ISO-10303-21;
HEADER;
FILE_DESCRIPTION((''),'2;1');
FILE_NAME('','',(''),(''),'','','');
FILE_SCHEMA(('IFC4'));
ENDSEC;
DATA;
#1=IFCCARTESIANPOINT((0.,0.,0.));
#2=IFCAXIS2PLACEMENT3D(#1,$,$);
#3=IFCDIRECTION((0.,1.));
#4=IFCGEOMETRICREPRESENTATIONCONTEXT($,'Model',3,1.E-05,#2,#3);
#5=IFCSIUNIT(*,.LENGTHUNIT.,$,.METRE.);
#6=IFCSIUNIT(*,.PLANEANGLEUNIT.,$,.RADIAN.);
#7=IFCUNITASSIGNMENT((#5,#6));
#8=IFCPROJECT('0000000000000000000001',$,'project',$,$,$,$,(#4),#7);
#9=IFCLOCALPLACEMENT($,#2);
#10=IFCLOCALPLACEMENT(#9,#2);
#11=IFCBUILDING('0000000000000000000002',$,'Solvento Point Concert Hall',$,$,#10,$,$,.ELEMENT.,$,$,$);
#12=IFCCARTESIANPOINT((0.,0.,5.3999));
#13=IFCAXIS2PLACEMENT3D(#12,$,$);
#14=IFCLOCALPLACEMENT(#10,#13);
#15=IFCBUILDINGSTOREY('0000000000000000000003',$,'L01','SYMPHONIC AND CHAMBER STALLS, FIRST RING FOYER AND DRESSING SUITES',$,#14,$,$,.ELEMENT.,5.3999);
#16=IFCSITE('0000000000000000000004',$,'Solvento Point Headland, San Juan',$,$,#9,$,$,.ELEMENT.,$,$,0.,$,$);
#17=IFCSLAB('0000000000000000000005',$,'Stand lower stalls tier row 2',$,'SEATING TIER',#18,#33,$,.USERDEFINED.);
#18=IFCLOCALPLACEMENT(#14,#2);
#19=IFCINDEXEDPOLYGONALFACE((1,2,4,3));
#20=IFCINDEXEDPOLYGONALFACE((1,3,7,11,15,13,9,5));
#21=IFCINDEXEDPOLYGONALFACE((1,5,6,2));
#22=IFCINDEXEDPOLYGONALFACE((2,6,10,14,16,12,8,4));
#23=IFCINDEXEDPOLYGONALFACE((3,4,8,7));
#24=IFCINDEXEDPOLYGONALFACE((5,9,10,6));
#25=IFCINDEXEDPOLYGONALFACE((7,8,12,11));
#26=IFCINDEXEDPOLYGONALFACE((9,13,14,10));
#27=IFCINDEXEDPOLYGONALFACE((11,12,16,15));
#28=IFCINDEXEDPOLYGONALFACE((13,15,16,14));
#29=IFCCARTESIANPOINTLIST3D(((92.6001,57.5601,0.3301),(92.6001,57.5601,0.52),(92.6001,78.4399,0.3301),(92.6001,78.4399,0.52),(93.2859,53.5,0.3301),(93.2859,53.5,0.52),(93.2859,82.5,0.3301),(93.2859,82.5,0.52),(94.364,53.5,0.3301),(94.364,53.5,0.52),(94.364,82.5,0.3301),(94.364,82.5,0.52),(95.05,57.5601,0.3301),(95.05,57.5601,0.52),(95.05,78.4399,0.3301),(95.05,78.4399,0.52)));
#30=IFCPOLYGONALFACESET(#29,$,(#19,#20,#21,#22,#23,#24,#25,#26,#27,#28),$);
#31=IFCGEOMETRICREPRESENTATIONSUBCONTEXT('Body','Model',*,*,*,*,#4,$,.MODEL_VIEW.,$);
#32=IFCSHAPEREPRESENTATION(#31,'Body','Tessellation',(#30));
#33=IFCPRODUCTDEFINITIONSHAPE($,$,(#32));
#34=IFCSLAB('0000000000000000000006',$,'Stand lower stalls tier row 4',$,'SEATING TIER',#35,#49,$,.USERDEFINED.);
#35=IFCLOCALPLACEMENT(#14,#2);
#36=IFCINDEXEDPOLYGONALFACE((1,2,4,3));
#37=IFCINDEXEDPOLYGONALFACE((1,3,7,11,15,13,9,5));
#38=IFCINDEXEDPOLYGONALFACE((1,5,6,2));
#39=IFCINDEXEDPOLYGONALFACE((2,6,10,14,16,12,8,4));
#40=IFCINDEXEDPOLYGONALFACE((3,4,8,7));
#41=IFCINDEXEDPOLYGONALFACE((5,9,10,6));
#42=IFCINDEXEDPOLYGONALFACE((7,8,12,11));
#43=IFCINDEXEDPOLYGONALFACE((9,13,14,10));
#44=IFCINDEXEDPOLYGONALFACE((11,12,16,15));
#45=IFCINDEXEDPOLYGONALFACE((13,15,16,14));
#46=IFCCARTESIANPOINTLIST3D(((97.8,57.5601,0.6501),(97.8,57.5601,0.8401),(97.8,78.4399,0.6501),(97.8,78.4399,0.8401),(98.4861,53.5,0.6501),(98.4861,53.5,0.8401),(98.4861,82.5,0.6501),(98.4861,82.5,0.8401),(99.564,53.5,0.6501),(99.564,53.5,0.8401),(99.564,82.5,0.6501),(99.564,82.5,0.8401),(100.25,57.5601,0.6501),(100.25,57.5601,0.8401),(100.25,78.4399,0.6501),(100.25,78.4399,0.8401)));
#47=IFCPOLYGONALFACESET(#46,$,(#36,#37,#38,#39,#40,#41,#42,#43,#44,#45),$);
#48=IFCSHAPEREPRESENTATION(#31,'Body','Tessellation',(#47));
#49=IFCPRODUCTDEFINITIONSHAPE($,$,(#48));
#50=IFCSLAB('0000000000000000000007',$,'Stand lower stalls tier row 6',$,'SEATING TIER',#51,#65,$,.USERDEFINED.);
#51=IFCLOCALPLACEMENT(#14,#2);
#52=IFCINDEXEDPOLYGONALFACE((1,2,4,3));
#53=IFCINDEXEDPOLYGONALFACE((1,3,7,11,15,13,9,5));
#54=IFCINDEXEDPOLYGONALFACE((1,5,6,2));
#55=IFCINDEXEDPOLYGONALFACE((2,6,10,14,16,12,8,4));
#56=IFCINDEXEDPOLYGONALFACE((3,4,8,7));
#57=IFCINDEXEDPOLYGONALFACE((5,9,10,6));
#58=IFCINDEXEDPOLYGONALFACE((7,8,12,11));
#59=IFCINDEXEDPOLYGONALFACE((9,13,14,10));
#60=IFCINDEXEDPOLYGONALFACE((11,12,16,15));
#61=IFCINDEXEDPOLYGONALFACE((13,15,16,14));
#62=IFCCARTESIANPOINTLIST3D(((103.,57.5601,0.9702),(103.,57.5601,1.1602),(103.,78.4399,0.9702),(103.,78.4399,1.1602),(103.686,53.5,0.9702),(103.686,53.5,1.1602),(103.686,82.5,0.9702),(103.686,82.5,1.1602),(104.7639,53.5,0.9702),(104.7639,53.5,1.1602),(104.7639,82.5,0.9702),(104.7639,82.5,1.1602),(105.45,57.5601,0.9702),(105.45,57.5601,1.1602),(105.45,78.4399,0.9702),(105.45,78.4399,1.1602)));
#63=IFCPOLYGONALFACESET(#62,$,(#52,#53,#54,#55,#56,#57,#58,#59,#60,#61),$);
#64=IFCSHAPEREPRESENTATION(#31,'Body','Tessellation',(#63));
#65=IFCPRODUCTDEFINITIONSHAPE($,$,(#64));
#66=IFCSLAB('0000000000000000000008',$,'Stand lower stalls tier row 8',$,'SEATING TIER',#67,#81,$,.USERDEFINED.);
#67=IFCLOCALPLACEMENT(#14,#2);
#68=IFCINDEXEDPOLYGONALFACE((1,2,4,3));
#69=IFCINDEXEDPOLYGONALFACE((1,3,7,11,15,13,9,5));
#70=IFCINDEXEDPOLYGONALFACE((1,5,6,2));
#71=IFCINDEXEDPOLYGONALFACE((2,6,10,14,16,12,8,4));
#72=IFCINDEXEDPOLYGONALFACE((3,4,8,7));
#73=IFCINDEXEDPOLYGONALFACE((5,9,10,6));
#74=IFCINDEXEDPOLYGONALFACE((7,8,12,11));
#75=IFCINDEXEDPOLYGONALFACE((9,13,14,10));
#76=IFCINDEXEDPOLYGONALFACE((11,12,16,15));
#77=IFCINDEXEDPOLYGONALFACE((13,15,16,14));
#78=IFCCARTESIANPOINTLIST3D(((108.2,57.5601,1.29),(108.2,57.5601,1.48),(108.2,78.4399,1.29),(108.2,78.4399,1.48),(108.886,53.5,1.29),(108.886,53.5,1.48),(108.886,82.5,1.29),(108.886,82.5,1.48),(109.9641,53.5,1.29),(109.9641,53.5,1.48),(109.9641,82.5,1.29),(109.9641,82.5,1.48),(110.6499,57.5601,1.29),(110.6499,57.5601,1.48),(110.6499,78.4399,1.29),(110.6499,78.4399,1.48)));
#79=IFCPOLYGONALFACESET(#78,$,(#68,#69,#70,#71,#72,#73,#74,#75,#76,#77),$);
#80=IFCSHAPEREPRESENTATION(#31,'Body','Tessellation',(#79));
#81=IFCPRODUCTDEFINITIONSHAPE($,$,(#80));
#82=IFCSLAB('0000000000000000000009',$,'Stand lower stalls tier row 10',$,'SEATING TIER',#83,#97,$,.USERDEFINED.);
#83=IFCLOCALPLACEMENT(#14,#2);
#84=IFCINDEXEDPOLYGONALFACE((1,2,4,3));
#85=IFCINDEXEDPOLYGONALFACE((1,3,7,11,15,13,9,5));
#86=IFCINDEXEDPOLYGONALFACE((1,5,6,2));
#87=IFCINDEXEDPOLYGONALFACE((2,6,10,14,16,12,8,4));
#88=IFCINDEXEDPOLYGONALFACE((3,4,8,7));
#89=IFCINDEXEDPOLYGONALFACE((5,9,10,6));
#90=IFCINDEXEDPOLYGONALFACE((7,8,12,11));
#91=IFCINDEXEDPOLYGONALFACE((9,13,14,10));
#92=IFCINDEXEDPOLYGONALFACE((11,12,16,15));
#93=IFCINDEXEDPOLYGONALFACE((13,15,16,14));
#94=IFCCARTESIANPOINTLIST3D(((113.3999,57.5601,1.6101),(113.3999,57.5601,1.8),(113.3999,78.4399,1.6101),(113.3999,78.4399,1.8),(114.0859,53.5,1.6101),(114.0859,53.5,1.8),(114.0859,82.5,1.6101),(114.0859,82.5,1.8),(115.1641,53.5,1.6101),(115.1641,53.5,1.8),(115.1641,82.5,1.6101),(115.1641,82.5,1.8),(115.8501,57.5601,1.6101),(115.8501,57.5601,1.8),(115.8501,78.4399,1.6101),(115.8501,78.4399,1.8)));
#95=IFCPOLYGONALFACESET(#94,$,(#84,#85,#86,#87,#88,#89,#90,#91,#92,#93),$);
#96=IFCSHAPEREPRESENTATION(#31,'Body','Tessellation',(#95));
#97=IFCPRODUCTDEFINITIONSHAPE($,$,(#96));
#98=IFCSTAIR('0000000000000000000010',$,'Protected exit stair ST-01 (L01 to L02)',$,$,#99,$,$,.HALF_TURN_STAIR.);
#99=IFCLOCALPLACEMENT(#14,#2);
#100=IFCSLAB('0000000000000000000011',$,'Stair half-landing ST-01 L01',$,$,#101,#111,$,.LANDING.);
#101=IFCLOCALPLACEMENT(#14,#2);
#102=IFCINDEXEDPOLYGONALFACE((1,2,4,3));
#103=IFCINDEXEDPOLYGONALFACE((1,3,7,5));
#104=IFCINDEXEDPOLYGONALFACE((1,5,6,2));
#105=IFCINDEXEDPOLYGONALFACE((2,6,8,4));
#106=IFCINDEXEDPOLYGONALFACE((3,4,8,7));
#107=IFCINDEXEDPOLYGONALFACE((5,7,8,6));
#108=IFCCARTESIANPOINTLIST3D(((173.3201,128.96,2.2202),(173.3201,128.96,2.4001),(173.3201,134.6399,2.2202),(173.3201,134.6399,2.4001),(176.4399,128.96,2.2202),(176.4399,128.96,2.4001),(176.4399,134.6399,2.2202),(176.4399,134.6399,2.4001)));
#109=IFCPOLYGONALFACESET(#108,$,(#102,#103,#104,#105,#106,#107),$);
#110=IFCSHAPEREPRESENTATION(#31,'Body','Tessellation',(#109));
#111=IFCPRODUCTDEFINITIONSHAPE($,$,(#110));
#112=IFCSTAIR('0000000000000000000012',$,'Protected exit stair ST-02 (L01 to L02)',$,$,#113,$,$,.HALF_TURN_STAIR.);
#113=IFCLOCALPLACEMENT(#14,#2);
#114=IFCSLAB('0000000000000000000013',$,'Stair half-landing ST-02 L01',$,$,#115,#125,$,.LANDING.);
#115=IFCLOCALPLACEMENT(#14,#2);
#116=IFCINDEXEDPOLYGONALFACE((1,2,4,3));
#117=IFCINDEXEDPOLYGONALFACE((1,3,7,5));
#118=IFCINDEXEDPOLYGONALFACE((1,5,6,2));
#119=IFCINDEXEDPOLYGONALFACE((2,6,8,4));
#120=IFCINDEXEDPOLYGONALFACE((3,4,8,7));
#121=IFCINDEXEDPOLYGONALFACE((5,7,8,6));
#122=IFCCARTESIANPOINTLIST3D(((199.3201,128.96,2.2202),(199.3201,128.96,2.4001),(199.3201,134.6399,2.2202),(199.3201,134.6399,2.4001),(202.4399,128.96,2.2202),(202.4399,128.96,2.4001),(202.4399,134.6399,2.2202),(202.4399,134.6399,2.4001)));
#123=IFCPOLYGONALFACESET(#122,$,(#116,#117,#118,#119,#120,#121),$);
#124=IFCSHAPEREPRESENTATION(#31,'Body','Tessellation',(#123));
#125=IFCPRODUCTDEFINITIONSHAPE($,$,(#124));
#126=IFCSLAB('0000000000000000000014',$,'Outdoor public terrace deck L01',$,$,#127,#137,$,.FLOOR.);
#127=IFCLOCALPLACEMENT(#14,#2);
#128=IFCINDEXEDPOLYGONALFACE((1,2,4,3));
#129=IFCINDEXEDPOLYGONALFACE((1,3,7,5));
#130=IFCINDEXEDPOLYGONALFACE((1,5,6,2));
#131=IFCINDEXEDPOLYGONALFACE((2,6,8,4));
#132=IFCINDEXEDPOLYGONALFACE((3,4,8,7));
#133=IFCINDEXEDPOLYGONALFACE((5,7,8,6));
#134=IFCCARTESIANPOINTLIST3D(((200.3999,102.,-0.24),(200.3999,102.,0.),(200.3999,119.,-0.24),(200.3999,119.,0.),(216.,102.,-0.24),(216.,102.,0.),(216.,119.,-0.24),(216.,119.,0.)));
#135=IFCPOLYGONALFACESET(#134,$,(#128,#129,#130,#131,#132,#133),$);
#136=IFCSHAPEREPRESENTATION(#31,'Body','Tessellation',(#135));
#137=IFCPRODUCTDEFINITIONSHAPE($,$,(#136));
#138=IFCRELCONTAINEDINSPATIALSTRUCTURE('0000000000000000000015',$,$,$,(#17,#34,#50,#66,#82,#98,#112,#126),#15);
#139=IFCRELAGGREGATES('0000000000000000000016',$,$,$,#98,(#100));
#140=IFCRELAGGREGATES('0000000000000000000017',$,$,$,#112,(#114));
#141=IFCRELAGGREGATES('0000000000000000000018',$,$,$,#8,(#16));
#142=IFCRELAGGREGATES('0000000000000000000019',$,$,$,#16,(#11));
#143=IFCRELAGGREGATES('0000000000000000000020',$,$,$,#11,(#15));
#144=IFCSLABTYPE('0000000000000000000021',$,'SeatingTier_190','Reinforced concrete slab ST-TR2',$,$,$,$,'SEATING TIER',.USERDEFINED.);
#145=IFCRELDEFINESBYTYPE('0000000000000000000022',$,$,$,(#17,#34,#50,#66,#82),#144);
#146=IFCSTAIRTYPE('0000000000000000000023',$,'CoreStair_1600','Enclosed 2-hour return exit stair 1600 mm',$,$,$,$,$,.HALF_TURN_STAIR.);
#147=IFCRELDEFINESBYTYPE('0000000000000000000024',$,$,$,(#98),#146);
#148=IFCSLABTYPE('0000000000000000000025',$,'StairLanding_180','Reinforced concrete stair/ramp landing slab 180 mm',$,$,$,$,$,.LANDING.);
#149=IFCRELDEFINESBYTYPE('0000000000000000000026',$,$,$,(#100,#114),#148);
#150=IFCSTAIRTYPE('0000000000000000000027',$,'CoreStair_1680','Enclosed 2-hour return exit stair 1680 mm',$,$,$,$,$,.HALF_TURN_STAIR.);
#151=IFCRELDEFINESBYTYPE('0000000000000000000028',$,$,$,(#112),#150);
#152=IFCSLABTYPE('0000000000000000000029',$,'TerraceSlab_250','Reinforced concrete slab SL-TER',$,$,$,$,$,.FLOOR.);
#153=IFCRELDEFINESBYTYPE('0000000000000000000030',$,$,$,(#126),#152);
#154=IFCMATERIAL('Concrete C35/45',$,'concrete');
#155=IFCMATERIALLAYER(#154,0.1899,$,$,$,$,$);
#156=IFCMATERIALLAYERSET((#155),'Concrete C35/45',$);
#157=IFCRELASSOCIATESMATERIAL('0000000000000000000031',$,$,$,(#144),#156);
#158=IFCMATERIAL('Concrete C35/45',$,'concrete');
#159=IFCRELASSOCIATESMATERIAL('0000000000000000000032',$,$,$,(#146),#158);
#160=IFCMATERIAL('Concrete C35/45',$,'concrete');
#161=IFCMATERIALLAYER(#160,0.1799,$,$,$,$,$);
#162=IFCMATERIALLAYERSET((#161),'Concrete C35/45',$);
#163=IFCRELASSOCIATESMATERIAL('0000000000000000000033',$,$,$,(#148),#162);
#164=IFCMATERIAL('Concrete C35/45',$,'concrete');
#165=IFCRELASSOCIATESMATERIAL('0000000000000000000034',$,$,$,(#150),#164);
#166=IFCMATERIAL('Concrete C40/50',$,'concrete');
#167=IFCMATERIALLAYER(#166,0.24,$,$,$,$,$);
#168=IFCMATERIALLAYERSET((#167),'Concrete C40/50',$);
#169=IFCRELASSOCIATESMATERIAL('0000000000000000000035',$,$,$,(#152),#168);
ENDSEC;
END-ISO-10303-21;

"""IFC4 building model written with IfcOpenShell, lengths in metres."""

from ifc_helpers import new_model, si_unit, direction, frame, origin, place, context, subcontext, project, spatial, polyline, outline, extrude, material, layer, layer_set, type_object, element, aggregate, save


model = new_model("IFC4")

# Units and contexts
model_context = context("Model", 3, precision=1e-05, world=origin(), true_north=direction((0.0, 1.0)))
body_context = subcontext(model_context, "Body", "Model", "MODEL_VIEW")
ifc_project = project(units=[si_unit("LENGTHUNIT", "METRE"), si_unit("PLANEANGLEUNIT", "RADIAN")], contexts=[model_context])

# Site, building, storey
site_placement = place(None, origin())
site = spatial("IfcSite", under=ifc_project, at=site_placement, Name="Solvento Point Headland, San Juan", CompositionType="ELEMENT", RefElevation=0.0)
building_placement = place(site_placement, origin())
building = spatial("IfcBuilding", under=site, at=building_placement, Name="Solvento Point Concert Hall", CompositionType="ELEMENT")
storey_placement = place(building_placement, frame((0.0, 0.0, 5.3999)))
storey = spatial("IfcBuildingStorey", under=building, at=storey_placement, Name="L01", Description="SYMPHONIC AND CHAMBER STALLS, FIRST RING FOYER AND DRESSING SUITES", CompositionType="ELEMENT", Elevation=5.3999)

# Slabs
ifc_material_1 = material(Name="Concrete C35/45", Category="concrete")
ifc_layer_1 = layer(ifc_material_1, 0.1899)
ifc_layer_set_1 = layer_set([ifc_layer_1], Name="Concrete C35/45")
slab_type_1 = type_object("IfcSlabType", Name="SeatingTier_190", Description="Reinforced concrete slab ST-TR2", ElementType="SEATING TIER", PredefinedType="USERDEFINED", material=ifc_layer_set_1)
slab_1_placement = place(storey_placement, frame((0.0, 0.0, 0.3301)))
element("IfcSlab", 1, at=slab_1_placement, inside=storey, type_object=slab_type_1, Name="Stand lower stalls tier row 2", ObjectType="SEATING TIER", PredefinedType="USERDEFINED", context=body_context, shape_type="SweptSolid", body=[
    extrude(outline(polyline([(93.2859, 53.5), (94.364, 53.5), (95.05, 57.5601), (95.05, 78.4399), (94.364, 82.5), (93.2859, 82.5), (92.6001, 78.4399), (92.6001, 57.5601), (93.2859, 53.5)])), origin(), (0.0, 0.0, 1.0), 0.1899),
])
slab_2_placement = place(storey_placement, frame((0.0, 0.0, 0.6501)))
element("IfcSlab", 2, at=slab_2_placement, inside=storey, type_object=slab_type_1, Name="Stand lower stalls tier row 4", ObjectType="SEATING TIER", PredefinedType="USERDEFINED", context=body_context, shape_type="SweptSolid", body=[
    extrude(outline(polyline([(98.4861, 53.5), (99.564, 53.5), (100.25, 57.5601), (100.25, 78.4399), (99.564, 82.5), (98.4861, 82.5), (97.8, 78.4399), (97.8, 57.5601), (98.4861, 53.5)])), origin(), (0.0, 0.0, 1.0), 0.1899),
])
slab_3_placement = place(storey_placement, frame((0.0, 0.0, 0.9702)))
element("IfcSlab", 3, at=slab_3_placement, inside=storey, type_object=slab_type_1, Name="Stand lower stalls tier row 6", ObjectType="SEATING TIER", PredefinedType="USERDEFINED", context=body_context, shape_type="SweptSolid", body=[
    extrude(outline(polyline([(103.686, 53.5), (104.7639, 53.5), (105.45, 57.5601), (105.45, 78.4399), (104.7639, 82.5), (103.686, 82.5), (103.0, 78.4399), (103.0, 57.5601), (103.686, 53.5)])), origin(), (0.0, 0.0, 1.0), 0.1899),
])
slab_4_placement = place(storey_placement, frame((0.0, 0.0, 1.29)))
element("IfcSlab", 4, at=slab_4_placement, inside=storey, type_object=slab_type_1, Name="Stand lower stalls tier row 8", ObjectType="SEATING TIER", PredefinedType="USERDEFINED", context=body_context, shape_type="SweptSolid", body=[
    extrude(outline(polyline([(108.886, 53.5), (109.9641, 53.5), (110.6499, 57.5601), (110.6499, 78.4399), (109.9641, 82.5), (108.886, 82.5), (108.2, 78.4399), (108.2, 57.5601), (108.886, 53.5)])), origin(), (0.0, 0.0, 1.0), 0.1899),
])
slab_5_placement = place(storey_placement, frame((0.0, 0.0, 1.6101)))
element("IfcSlab", 5, at=slab_5_placement, inside=storey, type_object=slab_type_1, Name="Stand lower stalls tier row 10", ObjectType="SEATING TIER", PredefinedType="USERDEFINED", context=body_context, shape_type="SweptSolid", body=[
    extrude(outline(polyline([(114.0859, 53.5), (115.1641, 53.5), (115.8501, 57.5601), (115.8501, 78.4399), (115.1641, 82.5), (114.0859, 82.5), (113.3999, 78.4399), (113.3999, 57.5601), (114.0859, 53.5)])), origin(), (0.0, 0.0, 1.0), 0.1899),
])

# Stairs, slabs
ifc_material_2 = material(Name="Concrete C35/45", Category="concrete")
stair_type_1 = type_object("IfcStairType", Name="CoreStair_1600", Description="Enclosed 2-hour return exit stair 1600 mm", PredefinedType="HALF_TURN_STAIR", material=ifc_material_2)
stair_1_placement = place(storey_placement, origin())
stair_1 = element("IfcStair", 6, at=stair_1_placement, inside=storey, type_object=stair_type_1, Name="Protected exit stair ST-01 (L01 to L02)", PredefinedType="HALF_TURN_STAIR")
ifc_material_3 = material(Name="Concrete C35/45", Category="concrete")
ifc_layer_2 = layer(ifc_material_3, 0.1799)
ifc_layer_set_2 = layer_set([ifc_layer_2], Name="Concrete C35/45")
slab_type_2 = type_object("IfcSlabType", Name="StairLanding_180", Description="Reinforced concrete stair/ramp landing slab 180 mm", PredefinedType="LANDING", material=ifc_layer_set_2)
slab_6_placement = place(storey_placement, frame((0.0, 0.0, 2.2202)))
slab_6 = element("IfcSlab", 7, at=slab_6_placement, type_object=slab_type_2, Name="Stair half-landing ST-01 L01", PredefinedType="LANDING", context=body_context, shape_type="SweptSolid", body=[
    extrude(outline(polyline([(173.3201, 128.96), (176.4399, 128.96), (176.4399, 134.6399), (173.3201, 134.6399), (173.3201, 128.96)])), origin(), (0.0, 0.0, 1.0), 0.1799),
])
aggregate(stair_1, [slab_6])
ifc_material_4 = material(Name="Concrete C35/45", Category="concrete")
stair_type_2 = type_object("IfcStairType", Name="CoreStair_1680", Description="Enclosed 2-hour return exit stair 1680 mm", PredefinedType="HALF_TURN_STAIR", material=ifc_material_4)
stair_2_placement = place(storey_placement, origin())
stair_2 = element("IfcStair", 8, at=stair_2_placement, inside=storey, type_object=stair_type_2, Name="Protected exit stair ST-02 (L01 to L02)", PredefinedType="HALF_TURN_STAIR")
slab_7_placement = place(storey_placement, frame((0.0, 0.0, 2.2202)))
slab_7 = element("IfcSlab", 9, at=slab_7_placement, type_object=slab_type_2, Name="Stair half-landing ST-02 L01", PredefinedType="LANDING", context=body_context, shape_type="SweptSolid", body=[
    extrude(outline(polyline([(199.3201, 128.96), (202.4399, 128.96), (202.4399, 134.6399), (199.3201, 134.6399), (199.3201, 128.96)])), origin(), (0.0, 0.0, 1.0), 0.1799),
])
aggregate(stair_2, [slab_7])

# Slab
ifc_material_5 = material(Name="Concrete C40/50", Category="concrete")
ifc_layer_3 = layer(ifc_material_5, 0.24)
ifc_layer_set_3 = layer_set([ifc_layer_3], Name="Concrete C40/50")
slab_type_3 = type_object("IfcSlabType", Name="TerraceSlab_250", Description="Reinforced concrete slab SL-TER", PredefinedType="FLOOR", material=ifc_layer_set_3)
slab_8_placement = place(storey_placement, frame((0.0, 0.0, -0.24)))
element("IfcSlab", 10, at=slab_8_placement, inside=storey, type_object=slab_type_3, Name="Outdoor public terrace deck L01", PredefinedType="FLOOR", context=body_context, shape_type="SweptSolid", body=[
    extrude(outline(polyline([(200.3999, 102.0), (200.3999, 119.0), (216.0, 119.0), (216.0, 102.0), (200.3999, 102.0)])), origin(), (0.0, 0.0, 1.0), 0.24),
])

save(model, "model.ifc")
